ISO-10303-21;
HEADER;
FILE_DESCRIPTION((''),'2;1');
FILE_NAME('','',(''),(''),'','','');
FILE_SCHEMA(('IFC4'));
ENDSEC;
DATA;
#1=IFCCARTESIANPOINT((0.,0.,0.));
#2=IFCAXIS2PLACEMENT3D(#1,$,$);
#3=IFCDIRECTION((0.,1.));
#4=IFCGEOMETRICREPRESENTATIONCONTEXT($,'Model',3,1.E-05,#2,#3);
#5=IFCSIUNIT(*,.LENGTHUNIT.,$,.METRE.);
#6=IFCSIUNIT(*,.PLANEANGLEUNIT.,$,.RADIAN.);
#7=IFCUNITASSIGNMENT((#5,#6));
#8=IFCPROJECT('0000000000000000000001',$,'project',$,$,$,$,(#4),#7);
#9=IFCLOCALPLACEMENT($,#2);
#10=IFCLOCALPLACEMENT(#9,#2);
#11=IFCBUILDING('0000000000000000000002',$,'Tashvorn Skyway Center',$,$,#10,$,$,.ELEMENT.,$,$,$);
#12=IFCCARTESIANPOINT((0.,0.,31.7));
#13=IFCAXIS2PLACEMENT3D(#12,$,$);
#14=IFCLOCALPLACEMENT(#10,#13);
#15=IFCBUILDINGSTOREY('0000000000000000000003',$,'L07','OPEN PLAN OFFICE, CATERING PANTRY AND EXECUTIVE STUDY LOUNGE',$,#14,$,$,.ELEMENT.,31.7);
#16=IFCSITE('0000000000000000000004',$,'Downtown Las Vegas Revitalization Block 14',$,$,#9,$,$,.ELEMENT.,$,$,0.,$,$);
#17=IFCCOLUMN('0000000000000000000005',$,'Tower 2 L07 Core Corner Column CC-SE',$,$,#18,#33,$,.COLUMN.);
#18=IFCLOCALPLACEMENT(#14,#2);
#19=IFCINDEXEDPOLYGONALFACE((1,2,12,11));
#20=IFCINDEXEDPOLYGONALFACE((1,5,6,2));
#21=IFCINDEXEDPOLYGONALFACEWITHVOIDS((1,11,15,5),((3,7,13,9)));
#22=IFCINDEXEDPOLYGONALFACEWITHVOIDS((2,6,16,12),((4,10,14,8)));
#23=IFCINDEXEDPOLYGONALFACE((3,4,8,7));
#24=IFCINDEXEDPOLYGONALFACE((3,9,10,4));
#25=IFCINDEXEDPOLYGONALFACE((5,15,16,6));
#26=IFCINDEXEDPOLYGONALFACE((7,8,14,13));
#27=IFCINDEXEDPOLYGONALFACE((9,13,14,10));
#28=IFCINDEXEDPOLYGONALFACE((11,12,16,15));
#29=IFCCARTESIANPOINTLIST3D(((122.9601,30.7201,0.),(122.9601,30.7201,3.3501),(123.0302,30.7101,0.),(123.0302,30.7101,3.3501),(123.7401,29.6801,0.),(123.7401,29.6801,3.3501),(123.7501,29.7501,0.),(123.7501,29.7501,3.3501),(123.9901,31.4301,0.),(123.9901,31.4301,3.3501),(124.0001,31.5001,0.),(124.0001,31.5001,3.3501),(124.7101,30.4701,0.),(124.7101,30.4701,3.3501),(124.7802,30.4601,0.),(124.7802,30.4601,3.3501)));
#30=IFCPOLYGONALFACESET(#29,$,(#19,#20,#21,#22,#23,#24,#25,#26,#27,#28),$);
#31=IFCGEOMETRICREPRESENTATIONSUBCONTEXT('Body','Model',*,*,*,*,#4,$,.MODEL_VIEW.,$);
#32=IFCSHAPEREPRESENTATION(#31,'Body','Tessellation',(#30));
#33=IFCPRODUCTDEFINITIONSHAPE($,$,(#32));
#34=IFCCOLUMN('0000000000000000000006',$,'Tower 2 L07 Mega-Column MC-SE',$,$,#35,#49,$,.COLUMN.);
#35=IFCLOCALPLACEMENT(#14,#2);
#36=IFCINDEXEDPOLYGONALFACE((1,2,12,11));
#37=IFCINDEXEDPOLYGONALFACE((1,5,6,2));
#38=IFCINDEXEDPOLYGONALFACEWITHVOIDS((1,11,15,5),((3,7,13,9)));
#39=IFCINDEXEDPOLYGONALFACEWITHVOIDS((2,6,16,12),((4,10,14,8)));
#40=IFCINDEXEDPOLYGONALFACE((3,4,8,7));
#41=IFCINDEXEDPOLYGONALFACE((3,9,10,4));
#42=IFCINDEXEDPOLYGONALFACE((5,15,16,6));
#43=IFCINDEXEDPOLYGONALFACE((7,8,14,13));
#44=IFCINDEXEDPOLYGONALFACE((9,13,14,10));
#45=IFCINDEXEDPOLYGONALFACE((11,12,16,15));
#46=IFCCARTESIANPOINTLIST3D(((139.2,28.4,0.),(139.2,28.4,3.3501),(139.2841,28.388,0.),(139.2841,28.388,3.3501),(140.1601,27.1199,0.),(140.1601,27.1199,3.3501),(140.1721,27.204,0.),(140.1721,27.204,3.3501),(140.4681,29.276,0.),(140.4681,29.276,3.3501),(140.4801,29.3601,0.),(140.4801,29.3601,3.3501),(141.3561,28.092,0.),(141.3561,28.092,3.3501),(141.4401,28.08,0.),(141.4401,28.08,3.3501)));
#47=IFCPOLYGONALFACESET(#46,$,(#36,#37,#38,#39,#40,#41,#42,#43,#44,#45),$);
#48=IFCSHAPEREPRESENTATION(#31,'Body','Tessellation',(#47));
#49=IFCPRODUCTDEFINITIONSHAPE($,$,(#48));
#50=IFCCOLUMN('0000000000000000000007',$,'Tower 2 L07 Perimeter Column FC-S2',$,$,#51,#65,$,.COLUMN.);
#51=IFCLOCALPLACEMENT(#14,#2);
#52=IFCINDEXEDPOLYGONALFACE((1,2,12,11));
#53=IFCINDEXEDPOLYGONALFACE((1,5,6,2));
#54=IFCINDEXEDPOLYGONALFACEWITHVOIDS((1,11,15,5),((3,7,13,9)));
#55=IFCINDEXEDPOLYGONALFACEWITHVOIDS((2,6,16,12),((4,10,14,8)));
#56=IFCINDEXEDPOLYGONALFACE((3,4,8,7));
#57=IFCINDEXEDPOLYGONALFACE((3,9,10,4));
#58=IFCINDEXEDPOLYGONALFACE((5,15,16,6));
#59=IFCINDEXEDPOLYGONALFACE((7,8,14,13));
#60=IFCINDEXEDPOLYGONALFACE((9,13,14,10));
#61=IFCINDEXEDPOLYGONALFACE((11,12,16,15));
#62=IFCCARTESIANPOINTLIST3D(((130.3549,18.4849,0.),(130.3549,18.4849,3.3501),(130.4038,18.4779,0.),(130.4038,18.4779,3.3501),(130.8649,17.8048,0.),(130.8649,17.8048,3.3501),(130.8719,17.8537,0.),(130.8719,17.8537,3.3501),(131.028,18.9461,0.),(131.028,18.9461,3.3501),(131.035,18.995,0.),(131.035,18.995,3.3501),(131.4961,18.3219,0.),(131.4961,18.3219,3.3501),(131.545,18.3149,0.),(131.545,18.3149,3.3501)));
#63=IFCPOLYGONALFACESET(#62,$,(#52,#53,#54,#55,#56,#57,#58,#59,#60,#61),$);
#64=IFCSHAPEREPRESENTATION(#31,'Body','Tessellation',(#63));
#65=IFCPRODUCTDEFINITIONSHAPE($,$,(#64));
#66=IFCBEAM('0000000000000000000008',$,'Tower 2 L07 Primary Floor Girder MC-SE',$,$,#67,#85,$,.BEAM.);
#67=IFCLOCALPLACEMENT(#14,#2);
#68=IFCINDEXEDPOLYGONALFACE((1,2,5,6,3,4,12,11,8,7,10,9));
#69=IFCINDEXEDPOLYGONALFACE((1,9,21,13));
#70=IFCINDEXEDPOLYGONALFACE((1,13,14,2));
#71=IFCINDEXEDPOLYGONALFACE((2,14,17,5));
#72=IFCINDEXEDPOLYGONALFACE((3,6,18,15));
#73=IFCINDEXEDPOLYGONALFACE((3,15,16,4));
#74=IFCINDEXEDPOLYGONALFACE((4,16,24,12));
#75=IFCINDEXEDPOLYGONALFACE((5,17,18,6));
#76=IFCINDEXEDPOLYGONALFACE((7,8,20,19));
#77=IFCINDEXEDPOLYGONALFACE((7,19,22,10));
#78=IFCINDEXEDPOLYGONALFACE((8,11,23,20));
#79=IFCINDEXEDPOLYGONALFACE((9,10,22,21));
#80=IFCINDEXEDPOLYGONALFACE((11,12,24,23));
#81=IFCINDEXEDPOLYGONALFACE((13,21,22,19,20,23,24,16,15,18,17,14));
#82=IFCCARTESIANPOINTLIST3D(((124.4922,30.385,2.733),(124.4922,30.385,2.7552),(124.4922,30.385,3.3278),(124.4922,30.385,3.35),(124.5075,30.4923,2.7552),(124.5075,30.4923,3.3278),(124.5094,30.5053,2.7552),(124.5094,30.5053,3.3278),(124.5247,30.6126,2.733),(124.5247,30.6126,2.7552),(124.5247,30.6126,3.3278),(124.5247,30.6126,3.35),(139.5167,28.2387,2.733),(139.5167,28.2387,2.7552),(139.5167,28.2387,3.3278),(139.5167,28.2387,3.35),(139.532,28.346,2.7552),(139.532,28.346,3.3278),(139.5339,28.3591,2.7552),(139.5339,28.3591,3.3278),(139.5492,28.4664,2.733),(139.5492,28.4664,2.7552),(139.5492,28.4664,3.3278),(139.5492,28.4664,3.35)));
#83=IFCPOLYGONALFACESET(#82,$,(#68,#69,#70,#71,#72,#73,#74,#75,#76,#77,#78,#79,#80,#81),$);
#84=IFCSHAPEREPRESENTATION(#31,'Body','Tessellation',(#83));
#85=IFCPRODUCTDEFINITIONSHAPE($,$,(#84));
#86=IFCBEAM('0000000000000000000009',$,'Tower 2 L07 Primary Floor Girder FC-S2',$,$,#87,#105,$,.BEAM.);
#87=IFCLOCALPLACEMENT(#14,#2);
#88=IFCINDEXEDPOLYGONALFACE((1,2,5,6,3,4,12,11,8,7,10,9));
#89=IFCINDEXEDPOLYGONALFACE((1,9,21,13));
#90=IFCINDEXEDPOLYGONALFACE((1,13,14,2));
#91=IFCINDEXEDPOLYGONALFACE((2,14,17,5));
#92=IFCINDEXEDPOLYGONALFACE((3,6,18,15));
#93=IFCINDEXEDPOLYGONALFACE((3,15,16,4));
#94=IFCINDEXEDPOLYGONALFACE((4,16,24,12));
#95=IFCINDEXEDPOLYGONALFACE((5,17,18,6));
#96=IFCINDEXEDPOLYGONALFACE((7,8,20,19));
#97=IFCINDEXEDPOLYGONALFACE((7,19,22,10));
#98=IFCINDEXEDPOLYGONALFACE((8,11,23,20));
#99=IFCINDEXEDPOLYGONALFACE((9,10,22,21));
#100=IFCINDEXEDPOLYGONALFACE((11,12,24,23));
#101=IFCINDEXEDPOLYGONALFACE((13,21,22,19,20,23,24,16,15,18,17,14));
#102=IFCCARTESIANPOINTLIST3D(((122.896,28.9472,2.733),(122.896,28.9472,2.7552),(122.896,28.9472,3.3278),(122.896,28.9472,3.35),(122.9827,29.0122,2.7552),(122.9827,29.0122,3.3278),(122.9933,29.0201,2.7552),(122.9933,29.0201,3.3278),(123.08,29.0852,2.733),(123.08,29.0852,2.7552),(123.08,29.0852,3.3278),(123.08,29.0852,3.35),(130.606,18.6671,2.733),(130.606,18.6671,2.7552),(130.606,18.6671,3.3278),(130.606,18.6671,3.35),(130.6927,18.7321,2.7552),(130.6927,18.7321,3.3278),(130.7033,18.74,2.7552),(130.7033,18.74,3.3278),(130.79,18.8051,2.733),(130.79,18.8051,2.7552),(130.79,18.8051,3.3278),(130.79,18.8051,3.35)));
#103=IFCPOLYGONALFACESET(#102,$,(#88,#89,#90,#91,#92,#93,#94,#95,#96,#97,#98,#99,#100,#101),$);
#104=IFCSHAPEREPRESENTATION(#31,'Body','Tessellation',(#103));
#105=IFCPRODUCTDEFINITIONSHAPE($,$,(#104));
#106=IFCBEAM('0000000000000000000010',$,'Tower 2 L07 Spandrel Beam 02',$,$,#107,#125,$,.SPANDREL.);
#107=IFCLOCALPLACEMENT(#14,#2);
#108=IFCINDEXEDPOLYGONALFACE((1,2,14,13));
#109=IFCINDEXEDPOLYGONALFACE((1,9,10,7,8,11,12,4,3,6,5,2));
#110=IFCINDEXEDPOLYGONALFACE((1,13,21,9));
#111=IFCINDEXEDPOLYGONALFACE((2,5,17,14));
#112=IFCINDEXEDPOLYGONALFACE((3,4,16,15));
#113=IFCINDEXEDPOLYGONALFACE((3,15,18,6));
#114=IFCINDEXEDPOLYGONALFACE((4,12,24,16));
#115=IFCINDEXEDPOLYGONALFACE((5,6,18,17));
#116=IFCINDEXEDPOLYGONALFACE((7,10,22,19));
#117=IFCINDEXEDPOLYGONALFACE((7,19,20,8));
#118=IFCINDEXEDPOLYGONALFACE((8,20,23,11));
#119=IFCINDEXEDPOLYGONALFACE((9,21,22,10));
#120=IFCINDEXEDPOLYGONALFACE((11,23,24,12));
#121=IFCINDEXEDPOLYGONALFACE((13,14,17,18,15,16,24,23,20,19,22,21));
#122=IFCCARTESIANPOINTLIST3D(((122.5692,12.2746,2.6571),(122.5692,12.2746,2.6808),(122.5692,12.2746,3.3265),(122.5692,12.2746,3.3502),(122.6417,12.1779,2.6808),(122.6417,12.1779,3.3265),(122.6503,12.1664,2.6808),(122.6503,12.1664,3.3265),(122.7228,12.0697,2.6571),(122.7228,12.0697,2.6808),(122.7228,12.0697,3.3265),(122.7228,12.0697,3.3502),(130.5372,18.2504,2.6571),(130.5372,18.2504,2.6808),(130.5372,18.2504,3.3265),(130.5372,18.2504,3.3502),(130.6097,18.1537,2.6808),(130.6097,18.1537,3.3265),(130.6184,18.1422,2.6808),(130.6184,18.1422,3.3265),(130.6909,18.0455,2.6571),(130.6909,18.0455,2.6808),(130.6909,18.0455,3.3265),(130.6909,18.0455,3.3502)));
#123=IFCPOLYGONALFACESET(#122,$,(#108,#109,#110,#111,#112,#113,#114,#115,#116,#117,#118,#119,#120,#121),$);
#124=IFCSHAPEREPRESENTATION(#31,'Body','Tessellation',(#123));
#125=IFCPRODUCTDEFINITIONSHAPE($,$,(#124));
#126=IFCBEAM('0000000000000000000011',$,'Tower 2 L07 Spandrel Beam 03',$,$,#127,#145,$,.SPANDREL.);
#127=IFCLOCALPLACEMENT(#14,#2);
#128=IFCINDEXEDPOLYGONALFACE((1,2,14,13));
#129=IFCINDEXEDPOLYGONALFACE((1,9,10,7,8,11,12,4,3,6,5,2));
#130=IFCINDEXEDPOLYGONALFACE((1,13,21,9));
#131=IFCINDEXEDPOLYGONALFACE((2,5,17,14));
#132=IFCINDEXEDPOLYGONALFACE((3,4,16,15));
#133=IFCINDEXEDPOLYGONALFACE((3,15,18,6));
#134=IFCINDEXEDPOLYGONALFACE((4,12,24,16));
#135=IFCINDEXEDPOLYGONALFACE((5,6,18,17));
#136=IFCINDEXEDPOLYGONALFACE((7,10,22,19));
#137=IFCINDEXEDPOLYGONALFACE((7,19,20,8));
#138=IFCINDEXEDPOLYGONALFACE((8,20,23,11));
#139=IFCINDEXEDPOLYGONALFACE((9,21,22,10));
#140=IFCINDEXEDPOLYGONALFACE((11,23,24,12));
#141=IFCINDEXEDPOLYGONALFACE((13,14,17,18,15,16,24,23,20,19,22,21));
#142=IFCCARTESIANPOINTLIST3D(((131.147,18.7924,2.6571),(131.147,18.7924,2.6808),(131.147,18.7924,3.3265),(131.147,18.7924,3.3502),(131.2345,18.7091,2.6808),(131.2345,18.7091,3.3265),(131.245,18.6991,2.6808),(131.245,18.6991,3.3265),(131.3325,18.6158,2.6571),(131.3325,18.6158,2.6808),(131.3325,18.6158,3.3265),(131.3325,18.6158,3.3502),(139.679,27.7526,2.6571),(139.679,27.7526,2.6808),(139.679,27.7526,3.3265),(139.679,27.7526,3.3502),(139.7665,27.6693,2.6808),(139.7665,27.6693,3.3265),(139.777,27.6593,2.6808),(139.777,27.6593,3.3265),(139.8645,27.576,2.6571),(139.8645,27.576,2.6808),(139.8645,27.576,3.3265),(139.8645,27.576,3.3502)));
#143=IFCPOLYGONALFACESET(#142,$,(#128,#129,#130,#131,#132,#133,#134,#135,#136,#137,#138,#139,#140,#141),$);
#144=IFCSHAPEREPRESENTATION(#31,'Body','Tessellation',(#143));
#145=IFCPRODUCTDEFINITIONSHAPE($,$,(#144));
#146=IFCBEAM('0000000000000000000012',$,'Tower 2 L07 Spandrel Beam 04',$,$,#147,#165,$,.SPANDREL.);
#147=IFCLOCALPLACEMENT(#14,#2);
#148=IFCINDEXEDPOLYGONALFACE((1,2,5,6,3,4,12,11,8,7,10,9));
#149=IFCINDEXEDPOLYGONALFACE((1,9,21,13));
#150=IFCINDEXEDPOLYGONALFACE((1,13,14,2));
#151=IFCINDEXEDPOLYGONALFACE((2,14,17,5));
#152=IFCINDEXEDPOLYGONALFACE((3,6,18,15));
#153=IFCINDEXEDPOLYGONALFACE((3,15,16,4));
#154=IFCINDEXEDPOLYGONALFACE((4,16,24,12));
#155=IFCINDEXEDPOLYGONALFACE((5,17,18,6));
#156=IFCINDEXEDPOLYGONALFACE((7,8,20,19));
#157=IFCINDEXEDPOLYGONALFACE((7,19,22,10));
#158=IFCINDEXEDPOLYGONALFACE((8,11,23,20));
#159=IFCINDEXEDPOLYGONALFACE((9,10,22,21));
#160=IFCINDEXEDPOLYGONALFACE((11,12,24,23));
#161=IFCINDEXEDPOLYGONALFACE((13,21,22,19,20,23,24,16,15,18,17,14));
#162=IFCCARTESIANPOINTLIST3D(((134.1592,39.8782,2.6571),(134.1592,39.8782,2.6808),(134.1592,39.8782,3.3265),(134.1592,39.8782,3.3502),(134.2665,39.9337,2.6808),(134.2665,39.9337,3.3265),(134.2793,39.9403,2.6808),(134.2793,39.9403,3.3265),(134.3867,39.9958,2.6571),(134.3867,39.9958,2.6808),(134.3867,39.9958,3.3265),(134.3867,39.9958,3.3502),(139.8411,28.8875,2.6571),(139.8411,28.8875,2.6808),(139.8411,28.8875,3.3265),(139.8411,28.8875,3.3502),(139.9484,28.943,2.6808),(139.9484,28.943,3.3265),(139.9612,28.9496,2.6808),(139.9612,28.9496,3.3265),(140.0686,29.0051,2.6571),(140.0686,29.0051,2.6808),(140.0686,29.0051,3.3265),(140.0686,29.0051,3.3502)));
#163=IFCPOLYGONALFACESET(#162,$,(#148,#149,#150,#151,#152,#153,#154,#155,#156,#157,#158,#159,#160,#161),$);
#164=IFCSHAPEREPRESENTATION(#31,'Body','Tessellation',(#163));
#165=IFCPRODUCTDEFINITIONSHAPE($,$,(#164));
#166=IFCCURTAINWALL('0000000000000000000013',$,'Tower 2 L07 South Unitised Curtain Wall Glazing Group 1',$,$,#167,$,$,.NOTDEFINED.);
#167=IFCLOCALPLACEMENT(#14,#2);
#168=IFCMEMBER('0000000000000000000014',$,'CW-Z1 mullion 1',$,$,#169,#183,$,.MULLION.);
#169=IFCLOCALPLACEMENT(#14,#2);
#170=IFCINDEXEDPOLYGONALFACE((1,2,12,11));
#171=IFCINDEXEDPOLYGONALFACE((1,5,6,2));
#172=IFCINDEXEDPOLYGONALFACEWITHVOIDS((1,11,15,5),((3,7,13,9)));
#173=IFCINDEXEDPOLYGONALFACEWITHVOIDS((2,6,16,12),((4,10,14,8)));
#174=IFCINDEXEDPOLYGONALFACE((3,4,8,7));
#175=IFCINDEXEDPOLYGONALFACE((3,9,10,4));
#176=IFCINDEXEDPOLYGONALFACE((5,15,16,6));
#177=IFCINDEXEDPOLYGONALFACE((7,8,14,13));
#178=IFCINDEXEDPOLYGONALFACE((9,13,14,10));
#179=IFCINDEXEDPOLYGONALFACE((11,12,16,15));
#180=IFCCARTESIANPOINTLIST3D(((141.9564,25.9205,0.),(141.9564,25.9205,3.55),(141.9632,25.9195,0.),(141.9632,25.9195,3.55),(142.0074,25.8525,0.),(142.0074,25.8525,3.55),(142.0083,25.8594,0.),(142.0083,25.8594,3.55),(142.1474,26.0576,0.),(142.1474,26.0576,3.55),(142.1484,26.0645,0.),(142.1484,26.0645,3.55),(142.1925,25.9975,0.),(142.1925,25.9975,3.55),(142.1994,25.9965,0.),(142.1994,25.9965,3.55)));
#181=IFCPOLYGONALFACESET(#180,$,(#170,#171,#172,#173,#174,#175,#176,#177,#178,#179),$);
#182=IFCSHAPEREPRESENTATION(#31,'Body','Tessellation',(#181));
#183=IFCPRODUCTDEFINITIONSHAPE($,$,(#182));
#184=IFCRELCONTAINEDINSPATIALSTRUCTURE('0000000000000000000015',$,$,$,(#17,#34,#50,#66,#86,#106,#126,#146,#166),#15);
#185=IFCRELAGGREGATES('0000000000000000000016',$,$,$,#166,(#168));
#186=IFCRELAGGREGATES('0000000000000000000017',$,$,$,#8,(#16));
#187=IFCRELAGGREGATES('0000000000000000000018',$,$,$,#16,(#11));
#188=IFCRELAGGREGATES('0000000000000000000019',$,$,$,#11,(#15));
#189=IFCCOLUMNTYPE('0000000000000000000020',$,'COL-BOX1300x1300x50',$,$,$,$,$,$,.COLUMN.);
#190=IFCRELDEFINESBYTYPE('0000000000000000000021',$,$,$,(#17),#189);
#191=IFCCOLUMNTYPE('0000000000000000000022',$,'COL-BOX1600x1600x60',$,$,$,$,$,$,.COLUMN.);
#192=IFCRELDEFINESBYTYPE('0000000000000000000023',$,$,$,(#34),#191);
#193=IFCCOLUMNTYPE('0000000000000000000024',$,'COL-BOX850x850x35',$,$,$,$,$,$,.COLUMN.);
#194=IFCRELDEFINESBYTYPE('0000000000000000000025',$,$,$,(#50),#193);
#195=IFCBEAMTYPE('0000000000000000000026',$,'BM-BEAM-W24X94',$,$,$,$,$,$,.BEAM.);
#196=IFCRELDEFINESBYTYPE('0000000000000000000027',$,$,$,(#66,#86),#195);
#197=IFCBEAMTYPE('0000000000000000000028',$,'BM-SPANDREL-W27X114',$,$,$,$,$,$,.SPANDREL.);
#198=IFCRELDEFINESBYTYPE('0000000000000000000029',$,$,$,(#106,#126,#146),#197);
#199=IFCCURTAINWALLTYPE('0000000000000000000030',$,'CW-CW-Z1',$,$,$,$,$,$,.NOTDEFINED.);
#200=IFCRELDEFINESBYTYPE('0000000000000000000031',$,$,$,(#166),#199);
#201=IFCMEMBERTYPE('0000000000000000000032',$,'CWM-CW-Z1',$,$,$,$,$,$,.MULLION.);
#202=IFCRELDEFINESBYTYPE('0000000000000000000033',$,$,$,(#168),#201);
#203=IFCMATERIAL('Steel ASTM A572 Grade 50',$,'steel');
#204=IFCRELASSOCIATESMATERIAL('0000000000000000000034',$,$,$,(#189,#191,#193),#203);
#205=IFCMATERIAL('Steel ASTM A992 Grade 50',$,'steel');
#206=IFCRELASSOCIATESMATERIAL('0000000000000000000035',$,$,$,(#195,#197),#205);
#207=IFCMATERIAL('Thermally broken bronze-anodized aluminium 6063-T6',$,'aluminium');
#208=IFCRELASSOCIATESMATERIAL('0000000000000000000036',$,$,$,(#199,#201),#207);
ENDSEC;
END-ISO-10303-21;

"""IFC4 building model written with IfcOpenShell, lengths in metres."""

from ifc_helpers import new_model, si_unit, direction, frame, origin, origin_2d, place, context, subcontext, project, spatial, hollow_rectangle, i_section, extrude, material, material_profile, profile_set, type_object, element, aggregate, save


model = new_model("IFC4")

# Units and contexts
model_context = context("Model", 3, precision=1e-05, world=origin(), true_north=direction((0.0, 1.0)))
body_context = subcontext(model_context, "Body", "Model", "MODEL_VIEW")
ifc_project = project(units=[si_unit("LENGTHUNIT", "METRE"), si_unit("PLANEANGLEUNIT", "RADIAN")], contexts=[model_context])

# Site, building, storey
site_placement = place(None, origin())
site = spatial("IfcSite", under=ifc_project, at=site_placement, Name="Downtown Las Vegas Revitalization Block 14", CompositionType="ELEMENT", RefElevation=0.0)
building_placement = place(site_placement, origin())
building = spatial("IfcBuilding", under=site, at=building_placement, Name="Tashvorn Skyway Center", CompositionType="ELEMENT")
storey_placement = place(building_placement, frame((0.0, 0.0, 31.7)))
storey = spatial("IfcBuildingStorey", under=building, at=storey_placement, Name="L07", Description="OPEN PLAN OFFICE, CATERING PANTRY AND EXECUTIVE STUDY LOUNGE", CompositionType="ELEMENT", Elevation=31.7)

# Columns
ifc_material_1 = material(Name="Steel ASTM A572 Grade 50", Category="steel")
ifc_material_profile_1 = material_profile(ifc_material_1, hollow_rectangle(XDim=1.3, YDim=1.3, WallThickness=0.05, at=origin_2d()), Name="BOX1300x1300x50")
ifc_profile_set_1 = profile_set([ifc_material_profile_1], Name="Steel ASTM A572 Grade 50")
column_type_1 = type_object("IfcColumnType", Name="COL-BOX1300x1300x50", PredefinedType="COLUMN", material=ifc_profile_set_1)
column_1_placement = place(storey_placement, frame((123.8701, 30.5901, 0.0), z_axis=(0.0, 0.0, 1.0), x_axis=(0.8, 0.6, 0.0)))
element("IfcColumn", 1, at=column_1_placement, inside=storey, type_object=column_type_1, Name="Tower 2 L07 Core Corner Column CC-SE", PredefinedType="COLUMN", context=body_context, shape_type="SweptSolid", body=[
    extrude(hollow_rectangle(XDim=1.3, YDim=1.3, WallThickness=0.05, at=origin_2d()), origin(), (0.0, 0.0, 1.0), 3.3501),
])
ifc_material_profile_2 = material_profile(ifc_material_1, hollow_rectangle(XDim=1.6001, YDim=1.6001, WallThickness=0.0601, at=origin_2d()), Name="BOX1600x1600x60")
ifc_profile_set_2 = profile_set([ifc_material_profile_2], Name="Steel ASTM A572 Grade 50")
column_type_2 = type_object("IfcColumnType", Name="COL-BOX1600x1600x60", PredefinedType="COLUMN", material=ifc_profile_set_2)
column_2_placement = place(storey_placement, frame((140.3201, 28.24, 0.0), z_axis=(0.0, 0.0, 1.0), x_axis=(0.8, 0.6, 0.0)))
element("IfcColumn", 2, at=column_2_placement, inside=storey, type_object=column_type_2, Name="Tower 2 L07 Mega-Column MC-SE", PredefinedType="COLUMN", context=body_context, shape_type="SweptSolid", body=[
    extrude(hollow_rectangle(XDim=1.6001, YDim=1.6001, WallThickness=0.0601, at=origin_2d()), origin(), (0.0, 0.0, 1.0), 3.3501),
])
ifc_material_profile_3 = material_profile(ifc_material_1, hollow_rectangle(XDim=0.8501, YDim=0.8501, WallThickness=0.0349, at=origin_2d()), Name="BOX850x850x35")
ifc_profile_set_3 = profile_set([ifc_material_profile_3], Name="Steel ASTM A572 Grade 50")
column_type_3 = type_object("IfcColumnType", Name="COL-BOX850x850x35", PredefinedType="COLUMN", material=ifc_profile_set_3)
column_3_placement = place(storey_placement, frame((130.95, 18.3999, 0.0), z_axis=(0.0, 0.0, 1.0), x_axis=(0.8, 0.6, 0.0)))
element("IfcColumn", 3, at=column_3_placement, inside=storey, type_object=column_type_3, Name="Tower 2 L07 Perimeter Column FC-S2", PredefinedType="COLUMN", context=body_context, shape_type="SweptSolid", body=[
    extrude(hollow_rectangle(XDim=0.8501, YDim=0.8501, WallThickness=0.0349, at=origin_2d()), origin(), (0.0, 0.0, 1.0), 3.3501),
])

# Beams
ifc_material_2 = material(Name="Steel ASTM A992 Grade 50", Category="steel")
ifc_material_profile_4 = material_profile(ifc_material_2, i_section(OverallWidth=0.23, OverallDepth=0.6169, WebThickness=0.0132, FlangeThickness=0.0222, at=origin_2d()), Name="W24X94")
ifc_profile_set_4 = profile_set([ifc_material_profile_4], Name="Steel ASTM A992 Grade 50")
beam_type_1 = type_object("IfcBeamType", Name="BM-BEAM-W24X94", PredefinedType="BEAM", material=ifc_profile_set_4)
beam_1_placement = place(storey_placement, frame((139.533, 28.3525, 3.0415), z_axis=(-0.98995, 0.141415, 0.0), x_axis=(-0.141415, -0.98995, 0.0)))
element("IfcBeam", 4, at=beam_1_placement, inside=storey, type_object=beam_type_1, Name="Tower 2 L07 Primary Floor Girder MC-SE", PredefinedType="BEAM", context=body_context, shape_type="SweptSolid", body=[
    extrude(i_section(OverallWidth=0.23, OverallDepth=0.6169, WebThickness=0.0132, FlangeThickness=0.0222, at=origin_2d()), origin(), (0.0, 0.0, 1.0), 15.177),
])
beam_2_placement = place(storey_placement, frame((130.698, 18.7361, 3.0415), z_axis=(-0.599997, 0.800002, 0.0), x_axis=(-0.800002, -0.599997, 0.0)))
element("IfcBeam", 5, at=beam_2_placement, inside=storey, type_object=beam_type_1, Name="Tower 2 L07 Primary Floor Girder FC-S2", PredefinedType="BEAM", context=body_context, shape_type="SweptSolid", body=[
    extrude(i_section(OverallWidth=0.23, OverallDepth=0.6169, WebThickness=0.0132, FlangeThickness=0.0222, at=origin_2d()), origin(), (0.0, 0.0, 1.0), 12.8501),
])
ifc_material_profile_5 = material_profile(ifc_material_2, i_section(OverallWidth=0.2561, OverallDepth=0.6931, WebThickness=0.0144, FlangeThickness=0.0237, at=origin_2d()), Name="W27X114")
ifc_profile_set_5 = profile_set([ifc_material_profile_5], Name="Steel ASTM A992 Grade 50")
beam_type_2 = type_object("IfcBeamType", Name="BM-SPANDREL-W27X114", PredefinedType="SPANDREL", material=ifc_profile_set_5)
beam_3_placement = place(storey_placement, frame((122.646, 12.1721, 3.0037), z_axis=(0.800009, 0.599988, 0.0), x_axis=(-0.599988, 0.800009, 0.0)))
element("IfcBeam", 6, at=beam_3_placement, inside=storey, type_object=beam_type_2, Name="Tower 2 L07 Spandrel Beam 02", PredefinedType="SPANDREL", context=body_context, shape_type="SweptSolid", body=[
    extrude(i_section(OverallWidth=0.2561, OverallDepth=0.6931, WebThickness=0.0144, FlangeThickness=0.0237, at=origin_2d()), origin(), (0.0, 0.0, 1.0), 9.96),
])
for number, where, z_axis, x_axis, name in (
    (7, (131.2397, 18.7041, 3.0037), (0.68959, 0.7242, 0.0), (-0.7242, 0.68959, 0.0), "Tower 2 L07 Spandrel Beam 03"),
    (8, (139.9548, 28.9463, 3.0037), (-0.459233, 0.888316, 0.0), (-0.888316, -0.459233, 0.0), "Tower 2 L07 Spandrel Beam 04"),
):
    element("IfcBeam", number, at=place(storey_placement, frame(where, z_axis=z_axis, x_axis=x_axis)), inside=storey, type_object=beam_type_2, Name=name, PredefinedType="SPANDREL", context=body_context, shape_type="SweptSolid", body=[
        extrude(i_section(OverallWidth=0.2561, OverallDepth=0.6931, WebThickness=0.0144, FlangeThickness=0.0237, at=origin_2d()), origin(), (0.0, 0.0, 1.0), 12.3726),
    ])

# Curtain wall, member
ifc_material_3 = material(Name="Thermally broken bronze-anodized aluminium 6063-T6", Category="aluminium")
curtain_wall_type = type_object("IfcCurtainWallType", Name="CW-CW-Z1", PredefinedType="NOTDEFINED", material=ifc_material_3)
curtain_wall_1_placement = place(storey_placement, origin())
curtain_wall_1 = element("IfcCurtainWall", 9, at=curtain_wall_1_placement, inside=storey, type_object=curtain_wall_type, Name="Tower 2 L07 South Unitised Curtain Wall Glazing Group 1", PredefinedType="NOTDEFINED")
ifc_material_profile_6 = material_profile(ifc_material_3, hollow_rectangle(XDim=0.085, YDim=0.24, WallThickness=0.0049, at=origin_2d()), Name="ALU-MULL-85x240")
ifc_profile_set_6 = profile_set([ifc_material_profile_6], Name="Thermally broken bronze-anodized aluminium 6063-T6")
member_type_1 = type_object("IfcMemberType", Name="CWM-CW-Z1", PredefinedType="MULLION", material=ifc_profile_set_6)
member_1_placement = place(storey_placement, frame((142.0779, 25.9585, 0.0), z_axis=(0.0, 0.0, 1.0), x_axis=(0.6, -0.8, 0.0)))
member_1 = element("IfcMember", 10, at=member_1_placement, type_object=member_type_1, Name="CW-Z1 mullion 1", PredefinedType="MULLION", context=body_context, shape_type="SweptSolid", body=[
    extrude(hollow_rectangle(XDim=0.085, YDim=0.24, WallThickness=0.0049, at=origin_2d()), origin(), (0.0, 0.0, 1.0), 3.55),
])

aggregate(curtain_wall_1, [member_1])

save(model, "model.ifc")
